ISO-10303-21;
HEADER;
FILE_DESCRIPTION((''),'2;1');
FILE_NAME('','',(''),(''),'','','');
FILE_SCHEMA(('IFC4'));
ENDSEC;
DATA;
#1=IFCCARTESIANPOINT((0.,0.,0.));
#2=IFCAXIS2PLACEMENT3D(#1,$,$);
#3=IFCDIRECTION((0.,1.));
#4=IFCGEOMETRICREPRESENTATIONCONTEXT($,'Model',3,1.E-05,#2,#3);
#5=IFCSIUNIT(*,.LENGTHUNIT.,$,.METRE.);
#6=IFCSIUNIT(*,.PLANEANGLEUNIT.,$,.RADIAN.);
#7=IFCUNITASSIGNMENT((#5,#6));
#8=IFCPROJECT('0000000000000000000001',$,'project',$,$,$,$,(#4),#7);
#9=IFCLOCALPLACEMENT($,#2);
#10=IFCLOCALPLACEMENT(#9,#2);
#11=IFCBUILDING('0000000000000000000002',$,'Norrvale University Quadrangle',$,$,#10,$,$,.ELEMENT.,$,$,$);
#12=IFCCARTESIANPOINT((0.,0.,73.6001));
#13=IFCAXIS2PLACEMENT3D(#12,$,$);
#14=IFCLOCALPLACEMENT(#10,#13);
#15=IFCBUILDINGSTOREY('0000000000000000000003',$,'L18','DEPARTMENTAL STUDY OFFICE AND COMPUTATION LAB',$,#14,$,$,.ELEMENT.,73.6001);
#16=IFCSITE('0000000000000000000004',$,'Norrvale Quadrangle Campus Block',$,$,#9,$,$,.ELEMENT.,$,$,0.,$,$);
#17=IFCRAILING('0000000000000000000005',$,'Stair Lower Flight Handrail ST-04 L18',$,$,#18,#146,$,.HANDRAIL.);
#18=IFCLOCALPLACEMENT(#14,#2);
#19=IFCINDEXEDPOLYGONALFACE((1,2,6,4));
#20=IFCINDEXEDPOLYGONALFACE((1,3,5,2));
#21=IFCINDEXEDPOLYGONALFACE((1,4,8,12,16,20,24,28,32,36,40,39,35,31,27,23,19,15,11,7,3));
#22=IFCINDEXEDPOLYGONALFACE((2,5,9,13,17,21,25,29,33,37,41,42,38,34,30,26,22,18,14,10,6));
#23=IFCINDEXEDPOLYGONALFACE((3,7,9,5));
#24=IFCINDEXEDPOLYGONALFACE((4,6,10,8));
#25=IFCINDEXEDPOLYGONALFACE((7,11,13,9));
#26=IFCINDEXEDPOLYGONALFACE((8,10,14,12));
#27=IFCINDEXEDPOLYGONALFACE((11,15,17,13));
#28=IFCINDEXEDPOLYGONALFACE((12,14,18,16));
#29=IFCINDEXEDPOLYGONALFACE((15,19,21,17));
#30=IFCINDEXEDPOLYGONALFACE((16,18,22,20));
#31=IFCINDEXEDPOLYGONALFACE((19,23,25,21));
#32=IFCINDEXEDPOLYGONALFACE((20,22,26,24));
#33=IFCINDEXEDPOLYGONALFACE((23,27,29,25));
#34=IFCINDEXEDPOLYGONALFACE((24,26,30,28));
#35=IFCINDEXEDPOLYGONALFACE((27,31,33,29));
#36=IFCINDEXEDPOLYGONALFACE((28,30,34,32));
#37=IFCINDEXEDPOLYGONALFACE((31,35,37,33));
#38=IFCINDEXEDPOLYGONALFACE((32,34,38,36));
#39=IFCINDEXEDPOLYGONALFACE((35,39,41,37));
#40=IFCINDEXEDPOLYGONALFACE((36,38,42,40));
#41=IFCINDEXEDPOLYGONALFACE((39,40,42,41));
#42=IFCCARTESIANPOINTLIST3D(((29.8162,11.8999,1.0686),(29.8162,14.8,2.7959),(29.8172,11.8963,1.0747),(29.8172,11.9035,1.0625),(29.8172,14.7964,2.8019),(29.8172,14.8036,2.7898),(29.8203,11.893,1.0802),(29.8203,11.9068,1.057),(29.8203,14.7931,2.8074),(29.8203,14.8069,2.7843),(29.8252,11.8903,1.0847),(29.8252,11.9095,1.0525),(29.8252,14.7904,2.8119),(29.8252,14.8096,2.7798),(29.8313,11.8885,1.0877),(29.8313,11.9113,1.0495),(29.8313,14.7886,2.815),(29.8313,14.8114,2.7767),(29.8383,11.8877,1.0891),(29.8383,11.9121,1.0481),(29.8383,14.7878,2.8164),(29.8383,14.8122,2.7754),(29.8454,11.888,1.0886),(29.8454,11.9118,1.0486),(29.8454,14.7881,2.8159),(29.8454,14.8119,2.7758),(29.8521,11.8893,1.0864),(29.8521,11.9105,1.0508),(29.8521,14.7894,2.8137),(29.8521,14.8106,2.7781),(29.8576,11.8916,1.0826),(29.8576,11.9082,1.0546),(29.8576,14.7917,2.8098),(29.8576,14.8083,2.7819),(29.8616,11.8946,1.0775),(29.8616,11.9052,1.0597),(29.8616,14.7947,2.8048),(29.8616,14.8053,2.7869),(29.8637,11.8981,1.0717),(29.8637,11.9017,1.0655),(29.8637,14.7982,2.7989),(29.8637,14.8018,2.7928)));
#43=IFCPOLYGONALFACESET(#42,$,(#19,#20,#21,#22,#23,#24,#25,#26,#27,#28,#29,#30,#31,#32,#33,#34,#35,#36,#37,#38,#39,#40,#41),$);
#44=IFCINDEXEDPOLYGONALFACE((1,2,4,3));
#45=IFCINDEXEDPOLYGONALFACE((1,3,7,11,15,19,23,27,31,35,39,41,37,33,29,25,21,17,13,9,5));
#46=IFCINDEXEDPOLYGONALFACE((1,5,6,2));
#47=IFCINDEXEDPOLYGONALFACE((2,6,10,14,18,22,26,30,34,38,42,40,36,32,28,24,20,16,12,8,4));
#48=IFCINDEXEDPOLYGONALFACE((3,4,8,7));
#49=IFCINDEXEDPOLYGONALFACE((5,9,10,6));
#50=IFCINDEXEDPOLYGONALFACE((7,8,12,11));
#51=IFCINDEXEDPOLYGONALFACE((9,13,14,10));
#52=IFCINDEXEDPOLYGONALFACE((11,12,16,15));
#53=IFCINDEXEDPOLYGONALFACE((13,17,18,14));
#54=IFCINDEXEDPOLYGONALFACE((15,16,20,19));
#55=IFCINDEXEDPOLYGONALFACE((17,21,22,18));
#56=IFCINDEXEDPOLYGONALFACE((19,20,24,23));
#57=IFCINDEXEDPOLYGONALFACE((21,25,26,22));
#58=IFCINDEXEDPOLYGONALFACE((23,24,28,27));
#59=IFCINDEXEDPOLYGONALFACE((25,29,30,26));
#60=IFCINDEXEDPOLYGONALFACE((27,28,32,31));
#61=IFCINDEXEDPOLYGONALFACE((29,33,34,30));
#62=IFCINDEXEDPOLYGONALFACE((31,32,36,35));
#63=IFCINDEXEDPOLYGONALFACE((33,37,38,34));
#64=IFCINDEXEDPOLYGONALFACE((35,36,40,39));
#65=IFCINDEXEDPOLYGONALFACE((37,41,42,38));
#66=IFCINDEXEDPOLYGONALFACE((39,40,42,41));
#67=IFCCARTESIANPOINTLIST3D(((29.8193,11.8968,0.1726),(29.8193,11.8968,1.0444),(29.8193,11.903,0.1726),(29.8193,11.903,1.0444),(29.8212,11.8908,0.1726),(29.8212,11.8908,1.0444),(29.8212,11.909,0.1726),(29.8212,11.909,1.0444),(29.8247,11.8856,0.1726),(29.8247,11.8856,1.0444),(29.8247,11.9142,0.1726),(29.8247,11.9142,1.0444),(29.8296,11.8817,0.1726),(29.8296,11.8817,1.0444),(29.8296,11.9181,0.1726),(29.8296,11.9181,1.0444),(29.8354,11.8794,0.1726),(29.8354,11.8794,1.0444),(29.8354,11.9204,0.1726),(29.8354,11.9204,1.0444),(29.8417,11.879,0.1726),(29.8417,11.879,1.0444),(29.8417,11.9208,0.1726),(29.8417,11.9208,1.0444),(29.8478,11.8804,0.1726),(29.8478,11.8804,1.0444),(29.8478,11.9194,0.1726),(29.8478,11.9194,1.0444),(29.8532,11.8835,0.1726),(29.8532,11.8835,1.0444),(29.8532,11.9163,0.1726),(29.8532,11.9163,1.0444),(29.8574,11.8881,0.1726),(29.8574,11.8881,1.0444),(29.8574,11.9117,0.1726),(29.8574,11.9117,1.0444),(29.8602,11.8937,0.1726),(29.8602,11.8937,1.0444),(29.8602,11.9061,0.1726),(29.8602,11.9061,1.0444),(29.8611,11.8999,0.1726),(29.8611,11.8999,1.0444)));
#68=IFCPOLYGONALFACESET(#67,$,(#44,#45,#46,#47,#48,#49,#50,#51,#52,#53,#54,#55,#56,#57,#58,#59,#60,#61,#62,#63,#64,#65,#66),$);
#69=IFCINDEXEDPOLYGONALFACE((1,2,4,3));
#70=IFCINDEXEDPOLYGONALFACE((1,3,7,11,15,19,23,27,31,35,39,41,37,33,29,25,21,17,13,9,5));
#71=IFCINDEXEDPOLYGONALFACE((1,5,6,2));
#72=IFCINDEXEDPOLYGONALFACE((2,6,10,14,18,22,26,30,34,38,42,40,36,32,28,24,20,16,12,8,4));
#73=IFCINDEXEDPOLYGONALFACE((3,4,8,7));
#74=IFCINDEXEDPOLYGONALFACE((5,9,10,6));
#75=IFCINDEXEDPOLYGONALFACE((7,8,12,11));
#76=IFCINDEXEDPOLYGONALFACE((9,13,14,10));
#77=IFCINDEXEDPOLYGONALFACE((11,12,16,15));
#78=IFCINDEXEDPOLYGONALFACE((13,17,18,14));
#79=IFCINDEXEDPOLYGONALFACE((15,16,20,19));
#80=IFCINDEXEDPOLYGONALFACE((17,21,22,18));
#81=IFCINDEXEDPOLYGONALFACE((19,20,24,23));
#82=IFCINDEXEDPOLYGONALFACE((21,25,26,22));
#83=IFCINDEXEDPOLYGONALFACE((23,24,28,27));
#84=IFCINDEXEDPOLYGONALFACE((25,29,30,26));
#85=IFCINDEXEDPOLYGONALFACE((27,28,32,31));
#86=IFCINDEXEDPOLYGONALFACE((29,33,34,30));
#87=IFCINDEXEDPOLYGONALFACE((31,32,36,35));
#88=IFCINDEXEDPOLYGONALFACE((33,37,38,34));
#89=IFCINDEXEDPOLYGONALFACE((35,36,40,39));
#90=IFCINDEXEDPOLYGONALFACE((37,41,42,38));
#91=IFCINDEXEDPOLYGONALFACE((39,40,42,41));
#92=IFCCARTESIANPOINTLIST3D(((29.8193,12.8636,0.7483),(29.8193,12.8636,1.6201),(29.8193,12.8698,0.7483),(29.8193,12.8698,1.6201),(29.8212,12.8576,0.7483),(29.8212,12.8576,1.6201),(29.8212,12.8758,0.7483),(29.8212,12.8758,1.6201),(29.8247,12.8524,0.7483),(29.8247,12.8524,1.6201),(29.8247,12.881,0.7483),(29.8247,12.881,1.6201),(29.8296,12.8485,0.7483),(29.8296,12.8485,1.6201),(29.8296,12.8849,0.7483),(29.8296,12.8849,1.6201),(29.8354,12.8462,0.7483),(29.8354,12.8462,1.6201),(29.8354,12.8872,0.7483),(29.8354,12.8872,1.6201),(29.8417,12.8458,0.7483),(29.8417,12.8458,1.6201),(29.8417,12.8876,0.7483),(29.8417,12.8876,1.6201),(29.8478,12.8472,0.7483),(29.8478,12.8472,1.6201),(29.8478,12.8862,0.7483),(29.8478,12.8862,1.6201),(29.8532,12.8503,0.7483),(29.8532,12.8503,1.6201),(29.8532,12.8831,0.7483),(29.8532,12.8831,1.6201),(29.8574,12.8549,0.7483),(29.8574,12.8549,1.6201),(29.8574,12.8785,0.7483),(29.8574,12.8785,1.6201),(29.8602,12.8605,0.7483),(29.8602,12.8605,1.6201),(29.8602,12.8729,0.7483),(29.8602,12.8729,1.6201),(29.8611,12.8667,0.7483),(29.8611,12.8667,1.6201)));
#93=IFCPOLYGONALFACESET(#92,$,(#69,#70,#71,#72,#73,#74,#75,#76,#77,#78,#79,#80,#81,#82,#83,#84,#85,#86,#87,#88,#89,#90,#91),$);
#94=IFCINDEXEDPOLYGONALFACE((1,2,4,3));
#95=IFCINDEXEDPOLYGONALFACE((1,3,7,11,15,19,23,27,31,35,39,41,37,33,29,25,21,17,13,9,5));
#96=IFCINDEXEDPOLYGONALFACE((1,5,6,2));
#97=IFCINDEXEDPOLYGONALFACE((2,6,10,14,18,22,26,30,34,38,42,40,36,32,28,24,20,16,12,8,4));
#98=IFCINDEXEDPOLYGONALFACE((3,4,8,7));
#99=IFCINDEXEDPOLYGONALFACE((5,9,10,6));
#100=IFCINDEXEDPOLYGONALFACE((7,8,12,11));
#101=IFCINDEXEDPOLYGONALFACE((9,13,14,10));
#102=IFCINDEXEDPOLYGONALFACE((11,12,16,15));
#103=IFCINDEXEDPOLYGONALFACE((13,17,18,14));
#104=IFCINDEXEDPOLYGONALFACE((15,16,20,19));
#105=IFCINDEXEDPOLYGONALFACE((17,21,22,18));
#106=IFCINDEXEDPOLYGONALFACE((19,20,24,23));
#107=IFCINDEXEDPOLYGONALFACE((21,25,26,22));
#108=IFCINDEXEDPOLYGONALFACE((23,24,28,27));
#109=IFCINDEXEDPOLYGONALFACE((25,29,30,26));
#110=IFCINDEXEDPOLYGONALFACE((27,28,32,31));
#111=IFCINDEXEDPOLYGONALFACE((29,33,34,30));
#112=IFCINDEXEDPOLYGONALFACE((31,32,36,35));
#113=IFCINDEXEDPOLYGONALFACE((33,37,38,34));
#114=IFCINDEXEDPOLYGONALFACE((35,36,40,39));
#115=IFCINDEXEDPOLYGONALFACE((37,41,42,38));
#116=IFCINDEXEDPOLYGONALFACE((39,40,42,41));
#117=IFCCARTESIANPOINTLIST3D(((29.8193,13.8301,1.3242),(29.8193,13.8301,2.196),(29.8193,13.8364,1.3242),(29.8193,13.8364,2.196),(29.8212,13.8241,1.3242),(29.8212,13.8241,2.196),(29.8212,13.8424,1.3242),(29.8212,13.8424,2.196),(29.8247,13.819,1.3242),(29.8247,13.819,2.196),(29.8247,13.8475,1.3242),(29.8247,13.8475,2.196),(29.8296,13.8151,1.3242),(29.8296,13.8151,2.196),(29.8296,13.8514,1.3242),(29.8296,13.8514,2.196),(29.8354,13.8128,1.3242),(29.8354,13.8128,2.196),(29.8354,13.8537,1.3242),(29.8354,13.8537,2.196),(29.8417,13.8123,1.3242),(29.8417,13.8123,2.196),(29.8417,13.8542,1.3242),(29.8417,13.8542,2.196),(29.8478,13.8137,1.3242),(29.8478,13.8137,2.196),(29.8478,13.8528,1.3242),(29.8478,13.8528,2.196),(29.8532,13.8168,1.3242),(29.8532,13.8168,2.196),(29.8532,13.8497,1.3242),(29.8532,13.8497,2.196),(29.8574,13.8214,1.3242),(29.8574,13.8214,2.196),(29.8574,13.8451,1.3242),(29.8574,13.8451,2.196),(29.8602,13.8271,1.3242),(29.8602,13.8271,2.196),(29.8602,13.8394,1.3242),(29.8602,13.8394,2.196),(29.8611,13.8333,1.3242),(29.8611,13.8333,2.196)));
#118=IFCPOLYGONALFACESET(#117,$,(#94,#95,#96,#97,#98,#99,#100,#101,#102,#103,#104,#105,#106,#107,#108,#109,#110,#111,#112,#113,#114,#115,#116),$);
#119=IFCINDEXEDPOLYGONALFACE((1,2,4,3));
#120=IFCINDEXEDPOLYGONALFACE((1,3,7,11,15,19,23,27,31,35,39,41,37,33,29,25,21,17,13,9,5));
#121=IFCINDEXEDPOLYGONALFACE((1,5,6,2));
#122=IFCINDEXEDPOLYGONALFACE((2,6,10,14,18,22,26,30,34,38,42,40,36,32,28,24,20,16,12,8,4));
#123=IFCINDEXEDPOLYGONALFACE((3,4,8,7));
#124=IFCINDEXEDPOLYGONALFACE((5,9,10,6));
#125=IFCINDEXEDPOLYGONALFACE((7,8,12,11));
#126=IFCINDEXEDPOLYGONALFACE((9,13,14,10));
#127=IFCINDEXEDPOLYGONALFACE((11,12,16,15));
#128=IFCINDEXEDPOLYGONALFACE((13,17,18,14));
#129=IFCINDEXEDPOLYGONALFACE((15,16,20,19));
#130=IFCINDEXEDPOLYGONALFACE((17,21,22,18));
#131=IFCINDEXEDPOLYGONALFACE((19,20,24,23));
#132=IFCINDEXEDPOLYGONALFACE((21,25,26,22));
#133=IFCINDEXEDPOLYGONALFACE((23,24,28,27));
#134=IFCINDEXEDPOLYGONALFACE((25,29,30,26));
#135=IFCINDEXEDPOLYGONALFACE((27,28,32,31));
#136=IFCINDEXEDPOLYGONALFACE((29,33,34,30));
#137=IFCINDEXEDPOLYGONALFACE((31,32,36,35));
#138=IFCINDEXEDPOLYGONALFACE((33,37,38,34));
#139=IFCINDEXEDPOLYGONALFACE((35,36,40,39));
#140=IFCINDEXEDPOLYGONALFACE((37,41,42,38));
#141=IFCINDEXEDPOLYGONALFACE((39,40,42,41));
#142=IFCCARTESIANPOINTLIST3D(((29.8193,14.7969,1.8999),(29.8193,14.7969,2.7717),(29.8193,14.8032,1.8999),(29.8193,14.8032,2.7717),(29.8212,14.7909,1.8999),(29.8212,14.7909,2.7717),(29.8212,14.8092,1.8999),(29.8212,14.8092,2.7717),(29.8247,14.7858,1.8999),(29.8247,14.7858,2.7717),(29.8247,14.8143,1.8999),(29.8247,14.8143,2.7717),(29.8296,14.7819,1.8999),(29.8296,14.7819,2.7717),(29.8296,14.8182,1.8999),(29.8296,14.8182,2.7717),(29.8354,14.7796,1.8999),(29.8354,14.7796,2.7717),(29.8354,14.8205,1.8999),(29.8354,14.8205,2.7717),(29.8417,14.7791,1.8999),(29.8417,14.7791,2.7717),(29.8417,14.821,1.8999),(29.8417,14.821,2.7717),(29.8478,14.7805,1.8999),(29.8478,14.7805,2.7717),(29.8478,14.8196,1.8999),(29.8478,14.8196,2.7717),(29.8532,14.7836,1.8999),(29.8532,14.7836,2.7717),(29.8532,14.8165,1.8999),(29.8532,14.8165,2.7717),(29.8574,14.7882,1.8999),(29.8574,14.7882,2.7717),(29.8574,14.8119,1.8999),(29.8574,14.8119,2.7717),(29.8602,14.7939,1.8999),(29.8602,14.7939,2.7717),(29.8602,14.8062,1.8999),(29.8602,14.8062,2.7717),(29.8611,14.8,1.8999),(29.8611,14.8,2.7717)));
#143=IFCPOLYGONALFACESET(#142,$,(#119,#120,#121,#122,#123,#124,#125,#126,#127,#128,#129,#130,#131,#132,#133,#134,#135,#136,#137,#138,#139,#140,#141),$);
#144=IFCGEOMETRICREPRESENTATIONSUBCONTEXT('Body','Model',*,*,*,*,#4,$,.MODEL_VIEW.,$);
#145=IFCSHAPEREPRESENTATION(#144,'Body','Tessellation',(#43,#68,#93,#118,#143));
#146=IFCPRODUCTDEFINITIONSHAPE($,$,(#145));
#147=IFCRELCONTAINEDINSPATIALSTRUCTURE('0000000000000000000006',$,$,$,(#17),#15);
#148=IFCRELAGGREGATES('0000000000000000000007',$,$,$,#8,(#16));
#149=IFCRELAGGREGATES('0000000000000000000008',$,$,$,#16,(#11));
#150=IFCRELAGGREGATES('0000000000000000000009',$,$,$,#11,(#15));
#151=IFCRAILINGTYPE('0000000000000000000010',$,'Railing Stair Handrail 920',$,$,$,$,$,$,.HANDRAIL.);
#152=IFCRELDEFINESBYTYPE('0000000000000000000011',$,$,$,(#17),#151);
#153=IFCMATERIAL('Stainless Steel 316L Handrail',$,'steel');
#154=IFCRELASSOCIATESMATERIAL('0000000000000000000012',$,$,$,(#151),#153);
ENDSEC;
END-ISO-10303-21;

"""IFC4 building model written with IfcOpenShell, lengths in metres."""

from ifc_helpers import new_model, si_unit, direction, frame, origin, origin_2d, place, context, subcontext, project, spatial, circle, extrude, material, type_object, element, save


model = new_model("IFC4")

# Units and contexts
model_context = context("Model", 3, precision=1e-05, world=origin(), true_north=direction((0.0, 1.0)))
body_context = subcontext(model_context, "Body", "Model", "MODEL_VIEW")
ifc_project = project(units=[si_unit("LENGTHUNIT", "METRE"), si_unit("PLANEANGLEUNIT", "RADIAN")], contexts=[model_context])

# Site, building, storey
site_placement = place(None, origin())
site = spatial("IfcSite", under=ifc_project, at=site_placement, Name="Norrvale Quadrangle Campus Block", CompositionType="ELEMENT", RefElevation=0.0)
building_placement = place(site_placement, origin())
building = spatial("IfcBuilding", under=site, at=building_placement, Name="Norrvale University Quadrangle", CompositionType="ELEMENT")
storey_placement = place(building_placement, frame((0.0, 0.0, 73.6001)))
storey = spatial("IfcBuildingStorey", under=building, at=storey_placement, Name="L18", Description="DEPARTMENTAL STUDY OFFICE AND COMPUTATION LAB", CompositionType="ELEMENT", Elevation=73.6001)

# Railing
ifc_material_1 = material(Name="Stainless Steel 316L Handrail", Category="steel")
railing_type_1 = type_object("IfcRailingType", Name="Railing Stair Handrail 920", PredefinedType="HANDRAIL", material=ifc_material_1)
railing_1_placement = place(storey_placement, frame((29.8401, 11.8999, 0.1726)))
element("IfcRailing", 1, at=railing_1_placement, inside=storey, type_object=railing_type_1, Name="Stair Lower Flight Handrail ST-04 L18", PredefinedType="HANDRAIL", context=body_context, shape_type="SweptSolid", body=[
    extrude(circle(Radius=0.0239, at=origin_2d()), frame((0.0, 0.0, 0.896), z_axis=(0.0, 0.85916, 0.511706), x_axis=(-1.0, 0.0, 0.0)), (0.0, 0.0, 1.0), 3.3755),
    extrude(circle(Radius=0.021, at=origin_2d()), origin(), (0.0, 0.0, 1.0), 0.8718),
    extrude(circle(Radius=0.021, at=origin_2d()), frame((0.0, 0.9668, 0.5757)), (0.0, 0.0, 1.0), 0.8718),
    extrude(circle(Radius=0.021, at=origin_2d()), frame((0.0, 1.9333, 1.1516)), (0.0, 0.0, 1.0), 0.8718),
    extrude(circle(Radius=0.021, at=origin_2d()), frame((0.0, 2.9001, 1.7273)), (0.0, 0.0, 1.0), 0.8718),
])

save(model, "model.ifc")
